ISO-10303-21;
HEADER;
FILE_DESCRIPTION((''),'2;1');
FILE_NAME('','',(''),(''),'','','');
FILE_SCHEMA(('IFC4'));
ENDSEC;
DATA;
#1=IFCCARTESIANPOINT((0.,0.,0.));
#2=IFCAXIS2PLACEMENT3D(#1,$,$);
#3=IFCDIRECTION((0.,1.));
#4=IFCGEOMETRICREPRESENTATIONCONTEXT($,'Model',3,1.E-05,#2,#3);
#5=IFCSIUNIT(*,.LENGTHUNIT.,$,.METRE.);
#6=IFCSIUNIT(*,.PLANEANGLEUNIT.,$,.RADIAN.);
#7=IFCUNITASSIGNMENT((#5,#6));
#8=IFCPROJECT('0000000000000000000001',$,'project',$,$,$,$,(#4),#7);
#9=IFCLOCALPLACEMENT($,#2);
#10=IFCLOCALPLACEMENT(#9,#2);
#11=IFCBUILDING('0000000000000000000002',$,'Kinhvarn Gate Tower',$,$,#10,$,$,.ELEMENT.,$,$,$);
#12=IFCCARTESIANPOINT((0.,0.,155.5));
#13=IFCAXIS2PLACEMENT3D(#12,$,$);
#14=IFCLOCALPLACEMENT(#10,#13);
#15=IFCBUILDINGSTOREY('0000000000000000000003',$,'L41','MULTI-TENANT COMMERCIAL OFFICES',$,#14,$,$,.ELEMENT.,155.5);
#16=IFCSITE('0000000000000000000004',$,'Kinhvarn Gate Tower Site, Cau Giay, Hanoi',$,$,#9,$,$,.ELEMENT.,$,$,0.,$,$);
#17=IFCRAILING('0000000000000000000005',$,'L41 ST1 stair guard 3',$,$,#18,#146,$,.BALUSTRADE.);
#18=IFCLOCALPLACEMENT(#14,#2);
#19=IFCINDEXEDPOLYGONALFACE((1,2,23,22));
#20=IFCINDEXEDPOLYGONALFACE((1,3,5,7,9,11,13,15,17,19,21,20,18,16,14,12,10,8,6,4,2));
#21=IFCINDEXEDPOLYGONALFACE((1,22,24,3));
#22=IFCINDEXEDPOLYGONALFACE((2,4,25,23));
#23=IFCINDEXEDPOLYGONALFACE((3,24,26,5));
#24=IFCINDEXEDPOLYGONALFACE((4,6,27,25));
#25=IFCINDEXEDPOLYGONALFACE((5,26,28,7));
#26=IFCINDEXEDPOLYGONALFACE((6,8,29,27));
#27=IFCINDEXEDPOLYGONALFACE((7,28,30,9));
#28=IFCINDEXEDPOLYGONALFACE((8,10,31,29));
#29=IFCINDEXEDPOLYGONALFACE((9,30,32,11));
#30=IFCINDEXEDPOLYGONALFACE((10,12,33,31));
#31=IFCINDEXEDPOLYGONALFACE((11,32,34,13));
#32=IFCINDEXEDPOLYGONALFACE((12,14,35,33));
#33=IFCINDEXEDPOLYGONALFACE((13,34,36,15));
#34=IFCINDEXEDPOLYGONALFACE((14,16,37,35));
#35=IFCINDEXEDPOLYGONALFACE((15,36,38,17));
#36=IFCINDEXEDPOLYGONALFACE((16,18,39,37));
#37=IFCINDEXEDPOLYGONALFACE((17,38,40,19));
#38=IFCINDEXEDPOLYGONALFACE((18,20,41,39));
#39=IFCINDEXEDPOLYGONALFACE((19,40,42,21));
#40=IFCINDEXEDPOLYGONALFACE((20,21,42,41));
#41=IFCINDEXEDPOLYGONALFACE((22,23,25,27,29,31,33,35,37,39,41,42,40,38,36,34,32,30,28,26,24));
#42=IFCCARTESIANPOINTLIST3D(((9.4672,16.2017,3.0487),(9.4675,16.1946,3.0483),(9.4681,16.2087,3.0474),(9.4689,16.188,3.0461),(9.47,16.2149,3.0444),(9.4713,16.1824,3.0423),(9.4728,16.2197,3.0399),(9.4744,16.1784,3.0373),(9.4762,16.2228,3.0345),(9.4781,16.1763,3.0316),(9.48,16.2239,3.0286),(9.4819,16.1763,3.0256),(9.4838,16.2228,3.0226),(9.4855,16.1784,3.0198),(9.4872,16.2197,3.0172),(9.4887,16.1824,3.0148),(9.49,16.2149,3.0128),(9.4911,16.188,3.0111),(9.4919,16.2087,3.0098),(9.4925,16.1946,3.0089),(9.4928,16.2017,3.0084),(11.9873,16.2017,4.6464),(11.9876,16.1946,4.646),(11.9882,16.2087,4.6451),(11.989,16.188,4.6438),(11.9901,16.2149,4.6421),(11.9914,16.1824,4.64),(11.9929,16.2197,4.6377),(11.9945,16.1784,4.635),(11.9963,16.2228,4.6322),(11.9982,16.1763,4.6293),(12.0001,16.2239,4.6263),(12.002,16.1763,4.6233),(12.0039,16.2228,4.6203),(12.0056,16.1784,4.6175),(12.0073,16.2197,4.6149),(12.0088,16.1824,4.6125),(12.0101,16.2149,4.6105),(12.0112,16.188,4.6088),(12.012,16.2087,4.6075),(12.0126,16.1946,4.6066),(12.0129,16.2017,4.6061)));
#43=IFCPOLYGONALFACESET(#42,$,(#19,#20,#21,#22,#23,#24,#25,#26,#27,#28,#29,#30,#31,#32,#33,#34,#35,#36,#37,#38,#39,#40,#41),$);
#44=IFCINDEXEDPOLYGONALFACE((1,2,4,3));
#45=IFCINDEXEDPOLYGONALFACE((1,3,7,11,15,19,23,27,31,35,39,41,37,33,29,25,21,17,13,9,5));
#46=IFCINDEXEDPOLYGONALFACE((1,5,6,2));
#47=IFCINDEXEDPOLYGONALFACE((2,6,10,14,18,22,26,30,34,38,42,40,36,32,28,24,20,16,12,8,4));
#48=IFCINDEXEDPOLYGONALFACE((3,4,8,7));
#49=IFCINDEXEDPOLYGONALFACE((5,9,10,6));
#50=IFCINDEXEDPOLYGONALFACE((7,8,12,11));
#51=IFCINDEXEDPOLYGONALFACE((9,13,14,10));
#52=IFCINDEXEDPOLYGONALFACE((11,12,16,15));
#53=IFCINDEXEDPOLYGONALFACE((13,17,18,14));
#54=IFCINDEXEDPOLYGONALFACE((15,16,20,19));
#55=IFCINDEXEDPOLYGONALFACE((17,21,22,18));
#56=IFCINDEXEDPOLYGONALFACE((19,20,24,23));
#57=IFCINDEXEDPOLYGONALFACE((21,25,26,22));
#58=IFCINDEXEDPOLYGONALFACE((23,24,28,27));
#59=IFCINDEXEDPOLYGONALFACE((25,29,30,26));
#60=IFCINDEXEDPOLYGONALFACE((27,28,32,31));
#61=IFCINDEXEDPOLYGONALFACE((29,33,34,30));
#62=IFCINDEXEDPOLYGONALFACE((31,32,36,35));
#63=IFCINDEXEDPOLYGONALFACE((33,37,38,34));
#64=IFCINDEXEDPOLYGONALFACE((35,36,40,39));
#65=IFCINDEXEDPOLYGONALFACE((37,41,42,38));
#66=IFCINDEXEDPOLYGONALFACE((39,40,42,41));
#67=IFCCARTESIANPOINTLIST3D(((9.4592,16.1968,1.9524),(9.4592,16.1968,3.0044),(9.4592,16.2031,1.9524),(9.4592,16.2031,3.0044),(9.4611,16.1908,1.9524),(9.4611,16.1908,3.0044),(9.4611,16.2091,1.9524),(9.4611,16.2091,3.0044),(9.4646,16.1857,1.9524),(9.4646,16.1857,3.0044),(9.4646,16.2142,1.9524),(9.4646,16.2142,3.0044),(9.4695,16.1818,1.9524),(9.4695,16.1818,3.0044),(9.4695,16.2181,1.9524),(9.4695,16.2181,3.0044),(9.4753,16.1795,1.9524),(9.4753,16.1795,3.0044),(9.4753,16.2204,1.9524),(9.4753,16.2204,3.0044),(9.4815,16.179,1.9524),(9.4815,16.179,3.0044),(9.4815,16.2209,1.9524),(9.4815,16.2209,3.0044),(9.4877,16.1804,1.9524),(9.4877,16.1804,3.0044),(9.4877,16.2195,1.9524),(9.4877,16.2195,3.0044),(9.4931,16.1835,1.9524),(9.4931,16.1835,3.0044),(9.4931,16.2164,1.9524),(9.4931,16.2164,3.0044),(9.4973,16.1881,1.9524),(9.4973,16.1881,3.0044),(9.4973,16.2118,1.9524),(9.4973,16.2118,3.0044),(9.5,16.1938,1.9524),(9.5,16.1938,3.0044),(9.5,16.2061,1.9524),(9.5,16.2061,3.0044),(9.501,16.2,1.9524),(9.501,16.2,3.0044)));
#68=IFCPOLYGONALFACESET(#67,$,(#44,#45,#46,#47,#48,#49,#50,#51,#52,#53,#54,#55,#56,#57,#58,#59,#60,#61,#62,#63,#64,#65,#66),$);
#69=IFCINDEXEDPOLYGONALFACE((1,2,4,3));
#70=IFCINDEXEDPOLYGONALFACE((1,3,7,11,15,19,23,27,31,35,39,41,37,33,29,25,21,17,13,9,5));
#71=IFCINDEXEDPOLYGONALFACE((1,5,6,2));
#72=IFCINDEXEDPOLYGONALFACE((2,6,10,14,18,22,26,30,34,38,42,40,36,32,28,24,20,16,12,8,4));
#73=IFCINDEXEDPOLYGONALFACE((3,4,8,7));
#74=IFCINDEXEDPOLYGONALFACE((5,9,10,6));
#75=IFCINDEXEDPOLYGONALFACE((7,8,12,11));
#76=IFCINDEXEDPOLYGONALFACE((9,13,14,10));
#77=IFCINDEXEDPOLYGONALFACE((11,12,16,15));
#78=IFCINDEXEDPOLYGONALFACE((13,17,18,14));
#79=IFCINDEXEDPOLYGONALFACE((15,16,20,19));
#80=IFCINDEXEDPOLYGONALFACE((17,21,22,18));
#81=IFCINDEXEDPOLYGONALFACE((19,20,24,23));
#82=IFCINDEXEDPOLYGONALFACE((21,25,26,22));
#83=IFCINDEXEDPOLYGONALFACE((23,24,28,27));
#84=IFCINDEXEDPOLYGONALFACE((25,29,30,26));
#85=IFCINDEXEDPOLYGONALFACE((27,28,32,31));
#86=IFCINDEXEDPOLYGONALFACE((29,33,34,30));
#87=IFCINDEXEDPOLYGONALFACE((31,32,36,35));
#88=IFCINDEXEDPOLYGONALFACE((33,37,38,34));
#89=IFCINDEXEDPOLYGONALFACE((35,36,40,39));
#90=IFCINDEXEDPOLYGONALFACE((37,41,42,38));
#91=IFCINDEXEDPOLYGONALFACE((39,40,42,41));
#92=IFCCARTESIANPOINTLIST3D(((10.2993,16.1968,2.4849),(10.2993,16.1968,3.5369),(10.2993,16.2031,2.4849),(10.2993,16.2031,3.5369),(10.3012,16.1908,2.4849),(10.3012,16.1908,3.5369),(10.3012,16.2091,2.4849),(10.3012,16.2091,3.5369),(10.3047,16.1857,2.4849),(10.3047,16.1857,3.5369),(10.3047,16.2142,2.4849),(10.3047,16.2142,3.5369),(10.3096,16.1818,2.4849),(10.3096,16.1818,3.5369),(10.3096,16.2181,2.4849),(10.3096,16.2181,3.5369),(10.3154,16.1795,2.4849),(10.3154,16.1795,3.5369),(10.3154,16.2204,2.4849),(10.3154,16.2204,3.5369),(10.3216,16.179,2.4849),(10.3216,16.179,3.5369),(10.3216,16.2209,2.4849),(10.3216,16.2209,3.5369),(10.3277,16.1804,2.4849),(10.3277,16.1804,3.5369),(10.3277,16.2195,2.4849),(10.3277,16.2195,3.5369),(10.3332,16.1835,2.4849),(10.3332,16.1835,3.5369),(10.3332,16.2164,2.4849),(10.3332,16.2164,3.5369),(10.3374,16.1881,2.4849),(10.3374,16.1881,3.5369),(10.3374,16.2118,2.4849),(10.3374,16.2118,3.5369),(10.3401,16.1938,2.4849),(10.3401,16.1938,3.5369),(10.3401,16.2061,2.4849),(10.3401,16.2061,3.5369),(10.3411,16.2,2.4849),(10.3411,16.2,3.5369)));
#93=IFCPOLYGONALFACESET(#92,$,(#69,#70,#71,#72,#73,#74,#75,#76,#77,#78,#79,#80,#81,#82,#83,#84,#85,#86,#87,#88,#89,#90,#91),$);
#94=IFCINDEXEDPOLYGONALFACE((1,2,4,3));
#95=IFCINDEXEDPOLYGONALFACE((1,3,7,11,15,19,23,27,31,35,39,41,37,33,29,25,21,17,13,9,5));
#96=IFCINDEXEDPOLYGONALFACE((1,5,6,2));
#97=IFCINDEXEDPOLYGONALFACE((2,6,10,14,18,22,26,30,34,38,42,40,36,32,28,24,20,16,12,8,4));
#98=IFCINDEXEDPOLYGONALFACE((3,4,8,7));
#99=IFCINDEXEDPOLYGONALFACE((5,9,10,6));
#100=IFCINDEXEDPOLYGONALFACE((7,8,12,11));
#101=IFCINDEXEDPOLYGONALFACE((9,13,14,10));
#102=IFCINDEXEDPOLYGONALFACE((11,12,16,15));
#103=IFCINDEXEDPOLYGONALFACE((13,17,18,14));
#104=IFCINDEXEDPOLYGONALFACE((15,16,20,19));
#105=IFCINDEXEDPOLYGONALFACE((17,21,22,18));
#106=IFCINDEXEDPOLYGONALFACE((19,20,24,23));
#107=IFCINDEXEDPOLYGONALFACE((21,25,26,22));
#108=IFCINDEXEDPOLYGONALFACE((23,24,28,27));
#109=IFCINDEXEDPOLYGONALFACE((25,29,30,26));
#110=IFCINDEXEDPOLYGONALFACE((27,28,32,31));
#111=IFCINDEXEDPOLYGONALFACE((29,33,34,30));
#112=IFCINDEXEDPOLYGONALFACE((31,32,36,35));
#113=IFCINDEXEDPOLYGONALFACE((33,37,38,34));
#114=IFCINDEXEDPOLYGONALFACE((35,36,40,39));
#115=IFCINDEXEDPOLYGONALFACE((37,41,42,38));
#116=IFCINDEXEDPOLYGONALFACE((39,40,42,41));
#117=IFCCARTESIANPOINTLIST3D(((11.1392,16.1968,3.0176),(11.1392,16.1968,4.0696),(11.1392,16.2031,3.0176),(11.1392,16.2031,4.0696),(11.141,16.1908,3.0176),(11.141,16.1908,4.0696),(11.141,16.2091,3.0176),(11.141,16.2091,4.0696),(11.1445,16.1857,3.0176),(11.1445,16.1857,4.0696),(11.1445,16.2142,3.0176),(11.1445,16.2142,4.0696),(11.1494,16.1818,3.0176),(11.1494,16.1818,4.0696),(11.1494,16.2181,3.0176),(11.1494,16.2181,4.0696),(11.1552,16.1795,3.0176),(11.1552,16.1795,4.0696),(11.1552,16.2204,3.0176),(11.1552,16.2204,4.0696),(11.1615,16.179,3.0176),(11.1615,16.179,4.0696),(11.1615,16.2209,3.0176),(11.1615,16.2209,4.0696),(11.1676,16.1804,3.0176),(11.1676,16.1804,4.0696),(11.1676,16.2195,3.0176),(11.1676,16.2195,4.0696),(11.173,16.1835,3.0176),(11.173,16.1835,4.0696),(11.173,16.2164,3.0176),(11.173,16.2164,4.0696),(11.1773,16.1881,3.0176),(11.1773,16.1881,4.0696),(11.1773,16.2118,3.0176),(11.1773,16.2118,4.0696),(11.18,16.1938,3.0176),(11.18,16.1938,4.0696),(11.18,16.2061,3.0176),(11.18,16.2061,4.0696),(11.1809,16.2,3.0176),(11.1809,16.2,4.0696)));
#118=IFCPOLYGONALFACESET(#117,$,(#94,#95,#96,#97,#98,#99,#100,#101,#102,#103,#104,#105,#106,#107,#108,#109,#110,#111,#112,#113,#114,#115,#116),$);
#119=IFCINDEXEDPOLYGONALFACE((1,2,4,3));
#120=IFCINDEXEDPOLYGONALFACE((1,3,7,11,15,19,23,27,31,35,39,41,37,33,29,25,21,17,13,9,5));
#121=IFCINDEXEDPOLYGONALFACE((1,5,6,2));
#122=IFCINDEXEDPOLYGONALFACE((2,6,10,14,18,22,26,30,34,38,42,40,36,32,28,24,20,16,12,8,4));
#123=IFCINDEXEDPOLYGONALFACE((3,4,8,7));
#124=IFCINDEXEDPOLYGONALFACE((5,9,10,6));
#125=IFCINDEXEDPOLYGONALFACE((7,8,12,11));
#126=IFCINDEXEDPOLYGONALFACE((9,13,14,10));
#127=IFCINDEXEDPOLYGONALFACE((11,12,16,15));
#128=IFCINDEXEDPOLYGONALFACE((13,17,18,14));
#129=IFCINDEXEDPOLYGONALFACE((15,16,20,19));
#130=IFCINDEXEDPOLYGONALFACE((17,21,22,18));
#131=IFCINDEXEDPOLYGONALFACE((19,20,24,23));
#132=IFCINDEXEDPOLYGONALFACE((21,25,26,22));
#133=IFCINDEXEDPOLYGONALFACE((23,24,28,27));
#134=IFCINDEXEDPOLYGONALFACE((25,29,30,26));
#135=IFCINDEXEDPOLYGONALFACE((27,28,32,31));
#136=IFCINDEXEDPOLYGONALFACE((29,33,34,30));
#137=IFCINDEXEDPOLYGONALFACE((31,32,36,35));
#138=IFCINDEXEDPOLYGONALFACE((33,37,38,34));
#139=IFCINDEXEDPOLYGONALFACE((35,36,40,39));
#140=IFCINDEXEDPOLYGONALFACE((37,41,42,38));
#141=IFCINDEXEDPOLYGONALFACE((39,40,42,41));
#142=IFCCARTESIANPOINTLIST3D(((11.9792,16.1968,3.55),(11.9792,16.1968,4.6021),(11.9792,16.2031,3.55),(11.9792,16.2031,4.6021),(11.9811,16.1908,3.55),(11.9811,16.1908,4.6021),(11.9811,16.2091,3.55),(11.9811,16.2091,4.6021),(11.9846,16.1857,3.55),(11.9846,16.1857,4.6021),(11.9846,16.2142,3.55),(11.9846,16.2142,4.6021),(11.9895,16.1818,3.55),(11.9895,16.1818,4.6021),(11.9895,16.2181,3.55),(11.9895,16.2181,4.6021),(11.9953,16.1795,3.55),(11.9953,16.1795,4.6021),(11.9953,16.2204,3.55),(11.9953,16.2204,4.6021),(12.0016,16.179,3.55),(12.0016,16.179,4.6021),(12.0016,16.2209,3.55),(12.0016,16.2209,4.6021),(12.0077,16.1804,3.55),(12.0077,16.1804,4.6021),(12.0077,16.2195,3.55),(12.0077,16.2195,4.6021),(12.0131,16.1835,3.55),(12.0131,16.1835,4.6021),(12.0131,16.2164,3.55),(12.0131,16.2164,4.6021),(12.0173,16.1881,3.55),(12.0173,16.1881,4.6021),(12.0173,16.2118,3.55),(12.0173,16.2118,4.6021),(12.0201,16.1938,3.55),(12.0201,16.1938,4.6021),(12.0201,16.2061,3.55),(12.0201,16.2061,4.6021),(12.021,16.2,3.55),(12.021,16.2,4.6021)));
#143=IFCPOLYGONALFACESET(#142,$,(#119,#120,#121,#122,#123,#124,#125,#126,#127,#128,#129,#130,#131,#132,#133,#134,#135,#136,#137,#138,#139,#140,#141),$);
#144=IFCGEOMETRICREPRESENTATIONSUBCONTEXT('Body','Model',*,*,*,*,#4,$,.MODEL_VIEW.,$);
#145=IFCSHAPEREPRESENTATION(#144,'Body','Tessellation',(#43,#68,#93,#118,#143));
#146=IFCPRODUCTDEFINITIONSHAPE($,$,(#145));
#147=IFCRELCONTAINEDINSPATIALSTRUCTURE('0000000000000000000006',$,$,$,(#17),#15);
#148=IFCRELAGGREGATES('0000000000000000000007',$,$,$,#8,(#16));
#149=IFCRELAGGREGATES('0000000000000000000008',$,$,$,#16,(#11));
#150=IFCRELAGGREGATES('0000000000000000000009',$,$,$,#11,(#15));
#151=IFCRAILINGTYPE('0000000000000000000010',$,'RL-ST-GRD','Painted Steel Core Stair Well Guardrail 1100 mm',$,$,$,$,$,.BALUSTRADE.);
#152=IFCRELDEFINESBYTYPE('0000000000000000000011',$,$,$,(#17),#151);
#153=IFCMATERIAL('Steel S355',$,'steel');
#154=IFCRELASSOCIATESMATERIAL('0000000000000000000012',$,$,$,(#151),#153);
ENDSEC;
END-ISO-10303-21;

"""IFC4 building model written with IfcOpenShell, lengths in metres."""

from ifc_helpers import new_model, si_unit, direction, frame, origin, origin_2d, place, context, subcontext, project, spatial, circle, extrude, material, type_object, element, save


model = new_model("IFC4")

# Units and contexts
model_context = context("Model", 3, precision=1e-05, world=origin(), true_north=direction((0.0, 1.0)))
body_context = subcontext(model_context, "Body", "Model", "MODEL_VIEW")
ifc_project = project(units=[si_unit("LENGTHUNIT", "METRE"), si_unit("PLANEANGLEUNIT", "RADIAN")], contexts=[model_context])

# Site, building, storey
site_placement = place(None, origin())
site = spatial("IfcSite", under=ifc_project, at=site_placement, Name="Kinhvarn Gate Tower Site, Cau Giay, Hanoi", CompositionType="ELEMENT", RefElevation=0.0)
building_placement = place(site_placement, origin())
building = spatial("IfcBuilding", under=site, at=building_placement, Name="Kinhvarn Gate Tower", CompositionType="ELEMENT")
storey_placement = place(building_placement, frame((0.0, 0.0, 155.5)))
storey = spatial("IfcBuildingStorey", under=building, at=storey_placement, Name="L41", Description="MULTI-TENANT COMMERCIAL OFFICES", CompositionType="ELEMENT", Elevation=155.5)

# Shared definitions
ifc_material_1 = material(Name="Steel S355", Category="steel")

# Railing
railing_type_1 = type_object("IfcRailingType", Name="RL-ST-GRD", Description="Painted Steel Core Stair Well Guardrail 1100 mm", PredefinedType="BALUSTRADE", material=ifc_material_1)
railing_1_placement = place(storey_placement, frame((9.48, 16.2, 1.9524)))
element("IfcRailing", 1, at=railing_1_placement, inside=storey, type_object=railing_type_1, Name="L41 ST1 stair guard 3", PredefinedType="BALUSTRADE", context=body_context, shape_type="SweptSolid", body=[
    extrude(circle(Radius=0.0239, at=origin_2d()), frame((0.0, 0.0, 1.0762), z_axis=(0.84457, 0.0, 0.535445), x_axis=(0.0, 1.0, 0.0)), (0.0, 0.0, 1.0), 2.9839),
    extrude(circle(Radius=0.021, at=origin_2d()), origin(), (0.0, 0.0, 1.0), 1.052),
    extrude(circle(Radius=0.021, at=origin_2d()), frame((0.8401, 0.0, 0.5325)), (0.0, 0.0, 1.0), 1.052),
    extrude(circle(Radius=0.021, at=origin_2d()), frame((1.6799, 0.0, 1.0652)), (0.0, 0.0, 1.0), 1.052),
    extrude(circle(Radius=0.021, at=origin_2d()), frame((2.52, 0.0, 1.5977)), (0.0, 0.0, 1.0), 1.052),
])

save(model, "model.ifc")
